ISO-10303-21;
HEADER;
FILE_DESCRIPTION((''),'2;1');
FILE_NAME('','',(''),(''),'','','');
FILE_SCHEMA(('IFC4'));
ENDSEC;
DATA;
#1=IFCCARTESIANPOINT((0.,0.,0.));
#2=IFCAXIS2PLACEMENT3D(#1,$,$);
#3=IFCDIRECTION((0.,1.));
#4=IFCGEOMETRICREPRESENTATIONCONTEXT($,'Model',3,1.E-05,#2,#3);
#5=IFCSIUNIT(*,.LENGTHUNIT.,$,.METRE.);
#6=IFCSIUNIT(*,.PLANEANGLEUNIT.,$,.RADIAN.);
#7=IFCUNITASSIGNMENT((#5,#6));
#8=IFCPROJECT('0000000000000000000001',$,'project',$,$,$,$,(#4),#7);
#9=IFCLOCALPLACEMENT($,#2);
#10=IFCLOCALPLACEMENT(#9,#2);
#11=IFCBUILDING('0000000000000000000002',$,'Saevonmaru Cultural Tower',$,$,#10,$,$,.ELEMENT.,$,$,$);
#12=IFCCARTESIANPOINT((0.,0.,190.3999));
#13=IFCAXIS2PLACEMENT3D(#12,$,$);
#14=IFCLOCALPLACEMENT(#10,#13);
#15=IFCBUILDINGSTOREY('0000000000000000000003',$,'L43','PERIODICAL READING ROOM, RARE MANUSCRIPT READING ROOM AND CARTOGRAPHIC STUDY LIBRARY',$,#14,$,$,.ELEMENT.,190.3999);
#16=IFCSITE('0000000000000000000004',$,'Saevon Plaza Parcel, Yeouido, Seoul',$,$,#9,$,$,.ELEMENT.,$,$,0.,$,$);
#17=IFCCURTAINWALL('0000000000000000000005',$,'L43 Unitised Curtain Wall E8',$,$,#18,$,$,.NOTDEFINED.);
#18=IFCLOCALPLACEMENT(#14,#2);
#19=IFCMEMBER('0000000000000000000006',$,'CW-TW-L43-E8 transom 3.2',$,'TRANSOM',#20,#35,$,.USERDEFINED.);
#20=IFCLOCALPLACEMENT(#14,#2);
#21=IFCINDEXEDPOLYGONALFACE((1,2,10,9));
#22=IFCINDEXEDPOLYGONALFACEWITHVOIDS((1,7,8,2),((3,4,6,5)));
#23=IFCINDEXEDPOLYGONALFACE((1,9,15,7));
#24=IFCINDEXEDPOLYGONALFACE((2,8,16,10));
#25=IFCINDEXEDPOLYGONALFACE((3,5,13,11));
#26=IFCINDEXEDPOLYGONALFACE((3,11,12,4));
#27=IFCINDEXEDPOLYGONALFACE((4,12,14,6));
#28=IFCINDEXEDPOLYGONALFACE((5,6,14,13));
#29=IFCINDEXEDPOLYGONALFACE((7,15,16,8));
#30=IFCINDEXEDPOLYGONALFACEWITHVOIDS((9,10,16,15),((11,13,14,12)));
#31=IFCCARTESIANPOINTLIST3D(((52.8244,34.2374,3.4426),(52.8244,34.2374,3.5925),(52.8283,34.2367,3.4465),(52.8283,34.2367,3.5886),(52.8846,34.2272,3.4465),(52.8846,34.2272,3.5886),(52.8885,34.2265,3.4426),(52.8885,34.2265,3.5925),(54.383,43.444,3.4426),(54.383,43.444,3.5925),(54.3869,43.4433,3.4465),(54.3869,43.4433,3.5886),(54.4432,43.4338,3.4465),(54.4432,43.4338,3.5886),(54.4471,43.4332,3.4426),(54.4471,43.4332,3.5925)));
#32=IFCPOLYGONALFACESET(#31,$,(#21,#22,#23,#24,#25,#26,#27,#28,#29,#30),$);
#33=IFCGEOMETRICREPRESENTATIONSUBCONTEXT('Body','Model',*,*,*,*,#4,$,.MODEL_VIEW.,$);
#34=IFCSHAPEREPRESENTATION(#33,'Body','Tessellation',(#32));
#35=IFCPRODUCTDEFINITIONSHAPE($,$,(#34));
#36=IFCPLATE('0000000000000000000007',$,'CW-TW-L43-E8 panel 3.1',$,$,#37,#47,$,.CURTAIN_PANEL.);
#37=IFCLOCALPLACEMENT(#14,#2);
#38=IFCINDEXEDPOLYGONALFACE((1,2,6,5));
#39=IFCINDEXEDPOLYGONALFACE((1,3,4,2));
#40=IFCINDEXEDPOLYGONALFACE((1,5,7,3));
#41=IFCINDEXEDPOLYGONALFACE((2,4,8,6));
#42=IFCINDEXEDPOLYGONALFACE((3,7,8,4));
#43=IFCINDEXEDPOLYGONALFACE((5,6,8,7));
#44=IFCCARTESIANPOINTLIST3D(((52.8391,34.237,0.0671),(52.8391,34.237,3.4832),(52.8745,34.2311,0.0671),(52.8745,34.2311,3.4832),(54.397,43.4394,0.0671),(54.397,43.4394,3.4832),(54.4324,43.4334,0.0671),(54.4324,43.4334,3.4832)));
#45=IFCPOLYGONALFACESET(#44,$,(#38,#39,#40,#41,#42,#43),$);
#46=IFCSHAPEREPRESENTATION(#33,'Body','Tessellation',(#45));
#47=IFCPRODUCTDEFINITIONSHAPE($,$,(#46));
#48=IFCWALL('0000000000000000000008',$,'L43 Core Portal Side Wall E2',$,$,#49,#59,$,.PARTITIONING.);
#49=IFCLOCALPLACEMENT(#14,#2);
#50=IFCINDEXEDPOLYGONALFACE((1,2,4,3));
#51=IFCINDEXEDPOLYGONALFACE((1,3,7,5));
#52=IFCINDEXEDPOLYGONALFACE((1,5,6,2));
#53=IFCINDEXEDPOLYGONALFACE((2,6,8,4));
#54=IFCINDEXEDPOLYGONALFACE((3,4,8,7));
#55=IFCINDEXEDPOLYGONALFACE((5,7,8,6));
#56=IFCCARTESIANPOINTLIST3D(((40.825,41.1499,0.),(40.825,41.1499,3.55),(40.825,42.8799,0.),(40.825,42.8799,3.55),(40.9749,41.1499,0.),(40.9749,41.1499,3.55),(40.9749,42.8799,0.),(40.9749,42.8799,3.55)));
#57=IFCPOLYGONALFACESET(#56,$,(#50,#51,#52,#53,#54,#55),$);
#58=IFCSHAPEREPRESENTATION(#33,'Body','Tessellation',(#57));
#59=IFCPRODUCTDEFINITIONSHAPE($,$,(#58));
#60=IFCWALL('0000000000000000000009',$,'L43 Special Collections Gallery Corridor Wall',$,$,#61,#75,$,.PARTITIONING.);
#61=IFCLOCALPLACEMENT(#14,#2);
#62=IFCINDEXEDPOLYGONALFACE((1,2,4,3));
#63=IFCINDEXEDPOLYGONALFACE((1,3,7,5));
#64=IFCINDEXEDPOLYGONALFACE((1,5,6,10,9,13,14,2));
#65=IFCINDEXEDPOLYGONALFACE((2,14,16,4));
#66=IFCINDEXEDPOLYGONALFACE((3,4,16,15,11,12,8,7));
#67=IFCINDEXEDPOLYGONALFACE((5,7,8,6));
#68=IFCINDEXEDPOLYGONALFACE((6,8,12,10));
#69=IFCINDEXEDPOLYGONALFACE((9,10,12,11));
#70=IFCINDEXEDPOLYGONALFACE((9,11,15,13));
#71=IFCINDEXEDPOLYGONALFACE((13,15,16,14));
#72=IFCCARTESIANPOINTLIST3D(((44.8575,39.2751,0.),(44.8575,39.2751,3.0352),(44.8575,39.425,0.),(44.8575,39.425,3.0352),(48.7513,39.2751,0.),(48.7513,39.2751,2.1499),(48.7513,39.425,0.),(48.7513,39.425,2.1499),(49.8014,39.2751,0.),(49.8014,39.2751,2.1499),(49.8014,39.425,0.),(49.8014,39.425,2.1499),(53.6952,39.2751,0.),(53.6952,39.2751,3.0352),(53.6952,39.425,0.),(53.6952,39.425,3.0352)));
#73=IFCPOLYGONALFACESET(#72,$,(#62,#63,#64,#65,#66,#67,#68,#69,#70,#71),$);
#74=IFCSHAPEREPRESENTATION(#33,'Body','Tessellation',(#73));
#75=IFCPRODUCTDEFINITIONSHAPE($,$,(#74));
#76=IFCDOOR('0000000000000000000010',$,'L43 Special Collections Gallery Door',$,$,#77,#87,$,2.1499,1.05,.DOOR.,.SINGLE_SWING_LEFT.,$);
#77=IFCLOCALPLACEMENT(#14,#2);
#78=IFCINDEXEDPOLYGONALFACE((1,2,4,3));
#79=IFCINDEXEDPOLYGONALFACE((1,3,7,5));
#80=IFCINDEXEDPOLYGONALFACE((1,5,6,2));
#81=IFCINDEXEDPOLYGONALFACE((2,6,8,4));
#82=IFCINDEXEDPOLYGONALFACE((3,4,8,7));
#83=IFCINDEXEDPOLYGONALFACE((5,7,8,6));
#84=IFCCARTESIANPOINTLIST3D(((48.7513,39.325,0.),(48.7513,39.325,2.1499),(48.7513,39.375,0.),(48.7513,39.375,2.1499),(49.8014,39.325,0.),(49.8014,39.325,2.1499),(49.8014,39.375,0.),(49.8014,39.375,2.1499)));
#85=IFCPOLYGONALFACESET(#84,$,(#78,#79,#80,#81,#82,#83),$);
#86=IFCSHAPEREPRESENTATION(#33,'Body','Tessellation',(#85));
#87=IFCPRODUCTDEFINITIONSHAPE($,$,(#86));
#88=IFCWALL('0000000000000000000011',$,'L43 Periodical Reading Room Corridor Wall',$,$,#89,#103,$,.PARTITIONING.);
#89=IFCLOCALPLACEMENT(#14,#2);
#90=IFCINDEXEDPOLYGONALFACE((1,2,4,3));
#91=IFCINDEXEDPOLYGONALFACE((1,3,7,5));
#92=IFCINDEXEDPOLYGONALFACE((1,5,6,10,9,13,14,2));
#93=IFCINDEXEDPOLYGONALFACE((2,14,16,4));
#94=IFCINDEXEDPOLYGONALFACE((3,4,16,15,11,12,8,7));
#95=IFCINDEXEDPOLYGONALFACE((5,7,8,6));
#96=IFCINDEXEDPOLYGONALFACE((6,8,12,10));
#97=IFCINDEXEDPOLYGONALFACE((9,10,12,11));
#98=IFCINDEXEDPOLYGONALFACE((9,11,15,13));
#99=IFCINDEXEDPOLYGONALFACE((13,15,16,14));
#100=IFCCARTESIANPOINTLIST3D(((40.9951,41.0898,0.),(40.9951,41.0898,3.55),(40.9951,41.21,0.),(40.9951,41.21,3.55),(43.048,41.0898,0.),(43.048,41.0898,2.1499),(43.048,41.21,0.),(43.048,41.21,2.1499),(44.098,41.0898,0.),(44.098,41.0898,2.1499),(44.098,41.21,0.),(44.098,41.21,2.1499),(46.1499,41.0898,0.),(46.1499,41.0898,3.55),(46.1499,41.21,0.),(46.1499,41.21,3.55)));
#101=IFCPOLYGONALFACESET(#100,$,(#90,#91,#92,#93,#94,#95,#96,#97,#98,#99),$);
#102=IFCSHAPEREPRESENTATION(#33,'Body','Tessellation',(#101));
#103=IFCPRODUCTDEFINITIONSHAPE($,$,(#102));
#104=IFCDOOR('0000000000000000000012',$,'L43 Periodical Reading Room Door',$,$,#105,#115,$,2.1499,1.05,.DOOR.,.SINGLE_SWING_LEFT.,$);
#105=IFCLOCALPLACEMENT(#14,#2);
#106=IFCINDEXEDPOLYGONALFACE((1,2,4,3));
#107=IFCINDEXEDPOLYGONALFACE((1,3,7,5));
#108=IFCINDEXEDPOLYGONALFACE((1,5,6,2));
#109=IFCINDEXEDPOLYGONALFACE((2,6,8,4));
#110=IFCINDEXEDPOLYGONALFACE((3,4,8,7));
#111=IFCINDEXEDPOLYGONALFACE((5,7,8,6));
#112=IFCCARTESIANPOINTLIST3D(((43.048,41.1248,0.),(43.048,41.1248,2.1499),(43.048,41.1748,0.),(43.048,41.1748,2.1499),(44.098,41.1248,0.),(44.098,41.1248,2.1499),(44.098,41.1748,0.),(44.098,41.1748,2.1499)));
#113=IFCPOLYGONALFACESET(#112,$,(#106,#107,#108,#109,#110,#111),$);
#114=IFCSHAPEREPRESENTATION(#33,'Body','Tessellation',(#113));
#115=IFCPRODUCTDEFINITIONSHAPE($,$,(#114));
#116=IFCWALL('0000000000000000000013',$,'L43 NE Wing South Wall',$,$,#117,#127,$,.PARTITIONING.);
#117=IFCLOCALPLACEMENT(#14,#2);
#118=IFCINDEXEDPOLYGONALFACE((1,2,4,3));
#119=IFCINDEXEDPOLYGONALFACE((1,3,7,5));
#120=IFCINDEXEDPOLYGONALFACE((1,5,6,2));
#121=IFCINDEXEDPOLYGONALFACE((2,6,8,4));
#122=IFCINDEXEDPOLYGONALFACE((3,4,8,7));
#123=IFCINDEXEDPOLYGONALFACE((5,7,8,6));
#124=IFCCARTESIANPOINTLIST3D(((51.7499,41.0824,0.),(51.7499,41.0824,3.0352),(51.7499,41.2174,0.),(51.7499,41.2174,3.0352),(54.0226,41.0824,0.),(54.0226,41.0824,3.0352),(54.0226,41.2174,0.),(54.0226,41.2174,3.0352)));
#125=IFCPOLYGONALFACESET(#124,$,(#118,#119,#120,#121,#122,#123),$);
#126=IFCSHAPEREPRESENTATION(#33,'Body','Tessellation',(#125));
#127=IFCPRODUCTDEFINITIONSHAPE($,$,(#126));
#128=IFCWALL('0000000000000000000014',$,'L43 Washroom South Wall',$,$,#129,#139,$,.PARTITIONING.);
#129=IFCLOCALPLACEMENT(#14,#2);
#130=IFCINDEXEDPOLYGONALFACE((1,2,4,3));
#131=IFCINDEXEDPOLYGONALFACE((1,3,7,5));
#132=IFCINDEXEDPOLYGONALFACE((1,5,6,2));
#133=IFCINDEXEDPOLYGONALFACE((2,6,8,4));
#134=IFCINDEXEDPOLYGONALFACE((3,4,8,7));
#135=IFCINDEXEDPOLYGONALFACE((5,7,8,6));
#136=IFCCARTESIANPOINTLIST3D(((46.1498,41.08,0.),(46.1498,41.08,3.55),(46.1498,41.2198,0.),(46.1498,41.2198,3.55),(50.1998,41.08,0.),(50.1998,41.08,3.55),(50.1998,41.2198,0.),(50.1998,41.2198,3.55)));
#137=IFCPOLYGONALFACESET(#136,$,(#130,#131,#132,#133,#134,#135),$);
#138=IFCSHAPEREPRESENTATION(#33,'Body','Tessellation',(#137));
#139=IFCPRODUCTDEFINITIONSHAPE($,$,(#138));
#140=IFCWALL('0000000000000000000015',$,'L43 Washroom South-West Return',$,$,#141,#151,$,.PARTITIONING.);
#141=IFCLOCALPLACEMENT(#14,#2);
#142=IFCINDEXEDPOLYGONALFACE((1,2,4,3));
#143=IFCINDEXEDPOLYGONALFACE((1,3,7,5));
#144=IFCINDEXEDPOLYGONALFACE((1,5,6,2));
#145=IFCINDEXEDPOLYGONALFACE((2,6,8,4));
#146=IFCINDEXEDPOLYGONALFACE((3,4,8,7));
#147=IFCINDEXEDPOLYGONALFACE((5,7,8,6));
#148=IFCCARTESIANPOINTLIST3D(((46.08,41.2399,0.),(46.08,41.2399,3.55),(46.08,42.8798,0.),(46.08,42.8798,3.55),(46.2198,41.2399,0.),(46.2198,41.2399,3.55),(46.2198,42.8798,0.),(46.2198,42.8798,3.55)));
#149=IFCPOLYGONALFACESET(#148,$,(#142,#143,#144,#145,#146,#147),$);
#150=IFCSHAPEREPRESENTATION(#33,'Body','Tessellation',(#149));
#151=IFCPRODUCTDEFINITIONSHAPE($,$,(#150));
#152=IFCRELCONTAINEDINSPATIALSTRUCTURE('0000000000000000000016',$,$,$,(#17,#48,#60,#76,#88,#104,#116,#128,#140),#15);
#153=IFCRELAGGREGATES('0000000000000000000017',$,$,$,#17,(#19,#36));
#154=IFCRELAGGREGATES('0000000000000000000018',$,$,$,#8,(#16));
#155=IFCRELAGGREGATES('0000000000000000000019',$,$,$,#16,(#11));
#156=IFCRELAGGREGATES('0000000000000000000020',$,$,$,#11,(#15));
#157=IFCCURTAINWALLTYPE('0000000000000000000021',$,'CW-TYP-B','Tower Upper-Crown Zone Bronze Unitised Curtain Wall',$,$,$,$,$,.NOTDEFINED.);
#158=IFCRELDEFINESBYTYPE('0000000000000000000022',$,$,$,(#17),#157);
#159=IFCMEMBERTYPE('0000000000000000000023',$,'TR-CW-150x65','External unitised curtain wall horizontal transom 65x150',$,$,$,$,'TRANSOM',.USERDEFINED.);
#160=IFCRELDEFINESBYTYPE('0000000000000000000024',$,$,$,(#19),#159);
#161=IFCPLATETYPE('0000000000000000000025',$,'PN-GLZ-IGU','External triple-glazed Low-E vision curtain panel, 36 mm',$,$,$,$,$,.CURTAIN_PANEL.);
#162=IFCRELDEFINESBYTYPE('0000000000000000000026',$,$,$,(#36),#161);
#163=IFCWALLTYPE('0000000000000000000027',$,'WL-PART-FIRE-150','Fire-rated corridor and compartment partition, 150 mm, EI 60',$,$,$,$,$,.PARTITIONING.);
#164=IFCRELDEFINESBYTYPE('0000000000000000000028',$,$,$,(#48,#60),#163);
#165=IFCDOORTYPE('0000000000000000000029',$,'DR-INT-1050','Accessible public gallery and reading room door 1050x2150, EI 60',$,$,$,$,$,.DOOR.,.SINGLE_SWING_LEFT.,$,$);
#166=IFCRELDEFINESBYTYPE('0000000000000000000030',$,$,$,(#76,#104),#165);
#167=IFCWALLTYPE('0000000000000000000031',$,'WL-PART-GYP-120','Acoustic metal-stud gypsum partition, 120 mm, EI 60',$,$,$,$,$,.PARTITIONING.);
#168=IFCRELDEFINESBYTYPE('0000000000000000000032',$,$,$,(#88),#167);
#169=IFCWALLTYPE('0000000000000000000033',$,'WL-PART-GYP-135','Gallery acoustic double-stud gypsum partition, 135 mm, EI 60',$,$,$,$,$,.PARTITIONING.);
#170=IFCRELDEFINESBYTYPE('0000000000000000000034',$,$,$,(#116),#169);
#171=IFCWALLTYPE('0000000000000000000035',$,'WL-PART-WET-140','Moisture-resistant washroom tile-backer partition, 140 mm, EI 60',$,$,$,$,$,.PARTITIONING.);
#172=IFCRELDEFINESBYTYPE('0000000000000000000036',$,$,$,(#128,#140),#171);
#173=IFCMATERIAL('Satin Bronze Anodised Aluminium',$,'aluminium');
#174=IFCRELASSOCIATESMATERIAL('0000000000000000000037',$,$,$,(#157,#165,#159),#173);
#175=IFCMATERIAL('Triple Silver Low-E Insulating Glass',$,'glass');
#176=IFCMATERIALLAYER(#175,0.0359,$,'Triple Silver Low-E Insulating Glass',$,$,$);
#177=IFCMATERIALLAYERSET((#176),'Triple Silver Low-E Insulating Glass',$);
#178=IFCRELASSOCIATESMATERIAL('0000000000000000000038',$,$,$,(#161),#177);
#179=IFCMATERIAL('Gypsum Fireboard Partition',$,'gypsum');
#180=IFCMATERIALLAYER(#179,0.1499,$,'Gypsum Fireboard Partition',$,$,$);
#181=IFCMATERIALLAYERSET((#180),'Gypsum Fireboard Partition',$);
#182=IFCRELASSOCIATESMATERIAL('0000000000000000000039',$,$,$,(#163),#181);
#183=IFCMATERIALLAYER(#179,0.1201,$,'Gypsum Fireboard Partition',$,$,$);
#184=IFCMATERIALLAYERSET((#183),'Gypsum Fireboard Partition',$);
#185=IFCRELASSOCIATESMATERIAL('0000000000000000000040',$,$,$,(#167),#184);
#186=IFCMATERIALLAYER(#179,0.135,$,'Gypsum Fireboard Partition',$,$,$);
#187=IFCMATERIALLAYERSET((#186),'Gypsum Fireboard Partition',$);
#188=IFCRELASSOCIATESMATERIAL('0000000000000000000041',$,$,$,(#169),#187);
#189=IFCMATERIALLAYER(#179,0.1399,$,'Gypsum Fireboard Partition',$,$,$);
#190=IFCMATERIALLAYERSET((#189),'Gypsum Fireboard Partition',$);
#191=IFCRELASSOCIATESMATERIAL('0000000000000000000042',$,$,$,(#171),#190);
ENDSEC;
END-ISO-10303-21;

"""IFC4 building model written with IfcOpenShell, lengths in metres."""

from ifc_helpers import new_model, si_unit, direction, frame, frame_2d, origin, origin_2d, place, context, subcontext, project, spatial, rectangle, hollow_rectangle, extrude, material, layer, layer_set, material_profile, profile_set, type_object, element, fill, aggregate, save


model = new_model("IFC4")

# Units and contexts
model_context = context("Model", 3, precision=1e-05, world=origin(), true_north=direction((0.0, 1.0)))
body_context = subcontext(model_context, "Body", "Model", "MODEL_VIEW")
ifc_project = project(units=[si_unit("LENGTHUNIT", "METRE"), si_unit("PLANEANGLEUNIT", "RADIAN")], contexts=[model_context])

# Site, building, storey
site_placement = place(None, origin())
site = spatial("IfcSite", under=ifc_project, at=site_placement, Name="Saevon Plaza Parcel, Yeouido, Seoul", CompositionType="ELEMENT", RefElevation=0.0)
building_placement = place(site_placement, origin())
building = spatial("IfcBuilding", under=site, at=building_placement, Name="Saevonmaru Cultural Tower", CompositionType="ELEMENT")
storey_placement = place(building_placement, frame((0.0, 0.0, 190.3999)))
storey = spatial("IfcBuildingStorey", under=building, at=storey_placement, Name="L43", Description="PERIODICAL READING ROOM, RARE MANUSCRIPT READING ROOM AND CARTOGRAPHIC STUDY LIBRARY", CompositionType="ELEMENT", Elevation=190.3999)

# Curtain wall, member, plate
ifc_material_1 = material(Name="Satin Bronze Anodised Aluminium", Category="aluminium")
curtain_wall_type = type_object("IfcCurtainWallType", Name="CW-TYP-B", Description="Tower Upper-Crown Zone Bronze Unitised Curtain Wall", PredefinedType="NOTDEFINED", material=ifc_material_1)
curtain_wall_placement = place(storey_placement, origin())
curtain_wall = element("IfcCurtainWall", 1, at=curtain_wall_placement, inside=storey, type_object=curtain_wall_type, Name="L43 Unitised Curtain Wall E8", PredefinedType="NOTDEFINED")
ifc_material_profile_1 = material_profile(ifc_material_1, hollow_rectangle(XDim=0.0649, YDim=0.1499, WallThickness=0.0039, at=origin_2d()), Name="ALU-TRAN-150x65x4")
ifc_profile_set_1 = profile_set([ifc_material_profile_1], Name="Satin Bronze Anodised Aluminium")
member_type_1 = type_object("IfcMemberType", Name="TR-CW-150x65", Description="External unitised curtain wall horizontal transom 65x150", ElementType="TRANSOM", PredefinedType="USERDEFINED", material=ifc_profile_set_1)
member_1_placement = place(storey_placement, frame((52.8564, 34.2319, 3.5176), z_axis=(0.166917, 0.985971, 0.0), x_axis=(-0.985971, 0.166917, 0.0)))
member_1 = element("IfcMember", 2, at=member_1_placement, type_object=member_type_1, Name="CW-TW-L43-E8 transom 3.2", ObjectType="TRANSOM", PredefinedType="USERDEFINED", context=body_context, shape_type="SweptSolid", body=[
    extrude(hollow_rectangle(XDim=0.0649, YDim=0.1499, WallThickness=0.0039, at=origin_2d()), origin(), (0.0, 0.0, 1.0), 9.3376),
])
ifc_material_2 = material(Name="Triple Silver Low-E Insulating Glass", Category="glass")
ifc_layer_1 = layer(ifc_material_2, 0.0359, Name="Triple Silver Low-E Insulating Glass")
ifc_layer_set_1 = layer_set([ifc_layer_1], Name="Triple Silver Low-E Insulating Glass")
plate_type = type_object("IfcPlateType", Name="PN-GLZ-IGU", Description="External triple-glazed Low-E vision curtain panel, 36 mm", PredefinedType="CURTAIN_PANEL", material=ifc_layer_set_1)
plate_placement = place(storey_placement, frame((53.6357, 38.8352, 0.0671), z_axis=(0.0, 0.0, 1.0), x_axis=(0.166922, 0.98597, 0.0)))
plate = element("IfcPlate", 3, at=plate_placement, type_object=plate_type, Name="CW-TW-L43-E8 panel 3.1", PredefinedType="CURTAIN_PANEL", context=body_context, shape_type="SweptSolid", body=[
    extrude(rectangle(XDim=9.3333, YDim=0.0359, at=origin_2d()), origin(), (0.0, 0.0, 1.0), 3.416),
])
aggregate(curtain_wall, [member_1, plate])

# Shared definitions
ifc_material_3 = material(Name="Gypsum Fireboard Partition", Category="gypsum")
ifc_layer_2 = layer(ifc_material_3, 0.1499, Name="Gypsum Fireboard Partition")
ifc_layer_set_2 = layer_set([ifc_layer_2], Name="Gypsum Fireboard Partition")
wall_type_1 = type_object("IfcWallType", Name="WL-PART-FIRE-150", Description="Fire-rated corridor and compartment partition, 150 mm, EI 60", PredefinedType="PARTITIONING", material=ifc_layer_set_2)
door_type_1 = type_object("IfcDoorType", Name="DR-INT-1050", Description="Accessible public gallery and reading room door 1050x2150, EI 60", OperationType="SINGLE_SWING_LEFT", PredefinedType="DOOR", material=ifc_material_1)

# Wall
wall_1_placement = place(storey_placement, frame((40.8999, 41.1499, 0.0), z_axis=(0.0, 0.0, 1.0), x_axis=(0.0, 1.0, 0.0)))
element("IfcWall", 4, at=wall_1_placement, inside=storey, type_object=wall_type_1, Name="L43 Core Portal Side Wall E2", PredefinedType="PARTITIONING", context=body_context, shape_type="SweptSolid", body=[
    extrude(rectangle(XDim=1.73, YDim=0.1499, at=frame_2d((0.865, 0.0))), origin(), (0.0, 0.0, 1.0), 3.55),
])

# Walls, openings, doors
wall_2_placement = place(storey_placement, frame((44.8574, 39.3501, 0.0), z_axis=(0.0, 0.0, 1.0), x_axis=(1.0, 0.0, 0.0)))
wall_2 = element("IfcWall", 5, at=wall_2_placement, inside=storey, type_object=wall_type_1, Name="L43 Special Collections Gallery Corridor Wall", PredefinedType="PARTITIONING", context=body_context, shape_type="SweptSolid", body=[
    extrude(rectangle(XDim=8.8376, YDim=0.1499, at=frame_2d((4.4189, 0.0))), origin(), (0.0, 0.0, 1.0), 3.0352),
])
opening_1_placement = place(wall_2_placement, frame((3.894, 0.0, 0.0)))
opening_1 = element("IfcOpeningElement", 6, at=opening_1_placement, cuts=wall_2, PredefinedType="OPENING", context=body_context, shape_type="SweptSolid", body=[
    extrude(rectangle(XDim=1.05, YDim=2.1499, at=frame_2d((0.5249, 1.075))), frame((0.0, 0.085, 0.0), z_axis=(0.0, -1.0, 0.0), x_axis=(1.0, 0.0, 0.0)), (0.0, 0.0, 1.0), 0.1699),
])
door_1_placement = place(opening_1_placement, origin())
door_1 = element("IfcDoor", 7, at=door_1_placement, inside=storey, type_object=door_type_1, Name="L43 Special Collections Gallery Door", OperationType="SINGLE_SWING_LEFT", OverallHeight=2.1499, OverallWidth=1.05, PredefinedType="DOOR", context=body_context, shape_type="SweptSolid", body=[
    extrude(rectangle(XDim=1.05, YDim=2.1499, at=frame_2d((0.5249, 1.075))), frame((0.0, 0.0249, 0.0), z_axis=(0.0, -1.0, 0.0), x_axis=(1.0, 0.0, 0.0)), (0.0, 0.0, 1.0), 0.05),
])
fill(opening_1, door_1)
ifc_layer_3 = layer(ifc_material_3, 0.1201, Name="Gypsum Fireboard Partition")
ifc_layer_set_3 = layer_set([ifc_layer_3], Name="Gypsum Fireboard Partition")
wall_type_2 = type_object("IfcWallType", Name="WL-PART-GYP-120", Description="Acoustic metal-stud gypsum partition, 120 mm, EI 60", PredefinedType="PARTITIONING", material=ifc_layer_set_3)
wall_3_placement = place(storey_placement, frame((40.9951, 41.1499, 0.0), z_axis=(0.0, 0.0, 1.0), x_axis=(1.0, 0.0, 0.0)))
wall_3 = element("IfcWall", 8, at=wall_3_placement, inside=storey, type_object=wall_type_2, Name="L43 Periodical Reading Room Corridor Wall", PredefinedType="PARTITIONING", context=body_context, shape_type="SweptSolid", body=[
    extrude(rectangle(XDim=5.1548, YDim=0.1201, at=frame_2d((2.5774, 0.0))), origin(), (0.0, 0.0, 1.0), 3.55),
])
opening_2_placement = place(wall_3_placement, frame((2.053, 0.0, 0.0)))
opening_2 = element("IfcOpeningElement", 9, at=opening_2_placement, cuts=wall_3, PredefinedType="OPENING", context=body_context, shape_type="SweptSolid", body=[
    extrude(rectangle(XDim=1.05, YDim=2.1499, at=frame_2d((0.5249, 1.075))), frame((0.0, 0.0701, 0.0), z_axis=(0.0, -1.0, 0.0), x_axis=(1.0, 0.0, 0.0)), (0.0, 0.0, 1.0), 0.1401),
])
door_2_placement = place(opening_2_placement, origin())
door_2 = element("IfcDoor", 10, at=door_2_placement, inside=storey, type_object=door_type_1, Name="L43 Periodical Reading Room Door", OperationType="SINGLE_SWING_LEFT", OverallHeight=2.1499, OverallWidth=1.05, PredefinedType="DOOR", context=body_context, shape_type="SweptSolid", body=[
    extrude(rectangle(XDim=1.05, YDim=2.1499, at=frame_2d((0.5249, 1.075))), frame((0.0, 0.0249, 0.0), z_axis=(0.0, -1.0, 0.0), x_axis=(1.0, 0.0, 0.0)), (0.0, 0.0, 1.0), 0.05),
])
fill(opening_2, door_2)

# Walls
ifc_layer_4 = layer(ifc_material_3, 0.135, Name="Gypsum Fireboard Partition")
ifc_layer_set_4 = layer_set([ifc_layer_4], Name="Gypsum Fireboard Partition")
wall_type_3 = type_object("IfcWallType", Name="WL-PART-GYP-135", Description="Gallery acoustic double-stud gypsum partition, 135 mm, EI 60", PredefinedType="PARTITIONING", material=ifc_layer_set_4)
wall_4_placement = place(storey_placement, frame((51.75, 41.1499, 0.0), z_axis=(0.0, 0.0, 1.0), x_axis=(1.0, 0.0, 0.0)))
element("IfcWall", 11, at=wall_4_placement, inside=storey, type_object=wall_type_3, Name="L43 NE Wing South Wall", PredefinedType="PARTITIONING", context=body_context, shape_type="SweptSolid", body=[
    extrude(rectangle(XDim=2.2727, YDim=0.135, at=frame_2d((1.1362, 0.0))), origin(), (0.0, 0.0, 1.0), 3.0352),
])
ifc_layer_5 = layer(ifc_material_3, 0.1399, Name="Gypsum Fireboard Partition")
ifc_layer_set_5 = layer_set([ifc_layer_5], Name="Gypsum Fireboard Partition")
wall_type_4 = type_object("IfcWallType", Name="WL-PART-WET-140", Description="Moisture-resistant washroom tile-backer partition, 140 mm, EI 60", PredefinedType="PARTITIONING", material=ifc_layer_set_5)
wall_5_placement = place(storey_placement, frame((46.1499, 41.1499, 0.0), z_axis=(0.0, 0.0, 1.0), x_axis=(1.0, 0.0, 0.0)))
element("IfcWall", 12, at=wall_5_placement, inside=storey, type_object=wall_type_4, Name="L43 Washroom South Wall", PredefinedType="PARTITIONING", context=body_context, shape_type="SweptSolid", body=[
    extrude(rectangle(XDim=4.05, YDim=0.1399, at=frame_2d((2.0249, 0.0))), origin(), (0.0, 0.0, 1.0), 3.55),
])
wall_6_placement = place(storey_placement, frame((46.1499, 41.24, 0.0), z_axis=(0.0, 0.0, 1.0), x_axis=(0.0, 1.0, 0.0)))
element("IfcWall", 13, at=wall_6_placement, inside=storey, type_object=wall_type_4, Name="L43 Washroom South-West Return", PredefinedType="PARTITIONING", context=body_context, shape_type="SweptSolid", body=[
    extrude(rectangle(XDim=1.6399, YDim=0.1399, at=frame_2d((0.8198, 0.0))), origin(), (0.0, 0.0, 1.0), 3.55),
])

save(model, "model.ifc")
